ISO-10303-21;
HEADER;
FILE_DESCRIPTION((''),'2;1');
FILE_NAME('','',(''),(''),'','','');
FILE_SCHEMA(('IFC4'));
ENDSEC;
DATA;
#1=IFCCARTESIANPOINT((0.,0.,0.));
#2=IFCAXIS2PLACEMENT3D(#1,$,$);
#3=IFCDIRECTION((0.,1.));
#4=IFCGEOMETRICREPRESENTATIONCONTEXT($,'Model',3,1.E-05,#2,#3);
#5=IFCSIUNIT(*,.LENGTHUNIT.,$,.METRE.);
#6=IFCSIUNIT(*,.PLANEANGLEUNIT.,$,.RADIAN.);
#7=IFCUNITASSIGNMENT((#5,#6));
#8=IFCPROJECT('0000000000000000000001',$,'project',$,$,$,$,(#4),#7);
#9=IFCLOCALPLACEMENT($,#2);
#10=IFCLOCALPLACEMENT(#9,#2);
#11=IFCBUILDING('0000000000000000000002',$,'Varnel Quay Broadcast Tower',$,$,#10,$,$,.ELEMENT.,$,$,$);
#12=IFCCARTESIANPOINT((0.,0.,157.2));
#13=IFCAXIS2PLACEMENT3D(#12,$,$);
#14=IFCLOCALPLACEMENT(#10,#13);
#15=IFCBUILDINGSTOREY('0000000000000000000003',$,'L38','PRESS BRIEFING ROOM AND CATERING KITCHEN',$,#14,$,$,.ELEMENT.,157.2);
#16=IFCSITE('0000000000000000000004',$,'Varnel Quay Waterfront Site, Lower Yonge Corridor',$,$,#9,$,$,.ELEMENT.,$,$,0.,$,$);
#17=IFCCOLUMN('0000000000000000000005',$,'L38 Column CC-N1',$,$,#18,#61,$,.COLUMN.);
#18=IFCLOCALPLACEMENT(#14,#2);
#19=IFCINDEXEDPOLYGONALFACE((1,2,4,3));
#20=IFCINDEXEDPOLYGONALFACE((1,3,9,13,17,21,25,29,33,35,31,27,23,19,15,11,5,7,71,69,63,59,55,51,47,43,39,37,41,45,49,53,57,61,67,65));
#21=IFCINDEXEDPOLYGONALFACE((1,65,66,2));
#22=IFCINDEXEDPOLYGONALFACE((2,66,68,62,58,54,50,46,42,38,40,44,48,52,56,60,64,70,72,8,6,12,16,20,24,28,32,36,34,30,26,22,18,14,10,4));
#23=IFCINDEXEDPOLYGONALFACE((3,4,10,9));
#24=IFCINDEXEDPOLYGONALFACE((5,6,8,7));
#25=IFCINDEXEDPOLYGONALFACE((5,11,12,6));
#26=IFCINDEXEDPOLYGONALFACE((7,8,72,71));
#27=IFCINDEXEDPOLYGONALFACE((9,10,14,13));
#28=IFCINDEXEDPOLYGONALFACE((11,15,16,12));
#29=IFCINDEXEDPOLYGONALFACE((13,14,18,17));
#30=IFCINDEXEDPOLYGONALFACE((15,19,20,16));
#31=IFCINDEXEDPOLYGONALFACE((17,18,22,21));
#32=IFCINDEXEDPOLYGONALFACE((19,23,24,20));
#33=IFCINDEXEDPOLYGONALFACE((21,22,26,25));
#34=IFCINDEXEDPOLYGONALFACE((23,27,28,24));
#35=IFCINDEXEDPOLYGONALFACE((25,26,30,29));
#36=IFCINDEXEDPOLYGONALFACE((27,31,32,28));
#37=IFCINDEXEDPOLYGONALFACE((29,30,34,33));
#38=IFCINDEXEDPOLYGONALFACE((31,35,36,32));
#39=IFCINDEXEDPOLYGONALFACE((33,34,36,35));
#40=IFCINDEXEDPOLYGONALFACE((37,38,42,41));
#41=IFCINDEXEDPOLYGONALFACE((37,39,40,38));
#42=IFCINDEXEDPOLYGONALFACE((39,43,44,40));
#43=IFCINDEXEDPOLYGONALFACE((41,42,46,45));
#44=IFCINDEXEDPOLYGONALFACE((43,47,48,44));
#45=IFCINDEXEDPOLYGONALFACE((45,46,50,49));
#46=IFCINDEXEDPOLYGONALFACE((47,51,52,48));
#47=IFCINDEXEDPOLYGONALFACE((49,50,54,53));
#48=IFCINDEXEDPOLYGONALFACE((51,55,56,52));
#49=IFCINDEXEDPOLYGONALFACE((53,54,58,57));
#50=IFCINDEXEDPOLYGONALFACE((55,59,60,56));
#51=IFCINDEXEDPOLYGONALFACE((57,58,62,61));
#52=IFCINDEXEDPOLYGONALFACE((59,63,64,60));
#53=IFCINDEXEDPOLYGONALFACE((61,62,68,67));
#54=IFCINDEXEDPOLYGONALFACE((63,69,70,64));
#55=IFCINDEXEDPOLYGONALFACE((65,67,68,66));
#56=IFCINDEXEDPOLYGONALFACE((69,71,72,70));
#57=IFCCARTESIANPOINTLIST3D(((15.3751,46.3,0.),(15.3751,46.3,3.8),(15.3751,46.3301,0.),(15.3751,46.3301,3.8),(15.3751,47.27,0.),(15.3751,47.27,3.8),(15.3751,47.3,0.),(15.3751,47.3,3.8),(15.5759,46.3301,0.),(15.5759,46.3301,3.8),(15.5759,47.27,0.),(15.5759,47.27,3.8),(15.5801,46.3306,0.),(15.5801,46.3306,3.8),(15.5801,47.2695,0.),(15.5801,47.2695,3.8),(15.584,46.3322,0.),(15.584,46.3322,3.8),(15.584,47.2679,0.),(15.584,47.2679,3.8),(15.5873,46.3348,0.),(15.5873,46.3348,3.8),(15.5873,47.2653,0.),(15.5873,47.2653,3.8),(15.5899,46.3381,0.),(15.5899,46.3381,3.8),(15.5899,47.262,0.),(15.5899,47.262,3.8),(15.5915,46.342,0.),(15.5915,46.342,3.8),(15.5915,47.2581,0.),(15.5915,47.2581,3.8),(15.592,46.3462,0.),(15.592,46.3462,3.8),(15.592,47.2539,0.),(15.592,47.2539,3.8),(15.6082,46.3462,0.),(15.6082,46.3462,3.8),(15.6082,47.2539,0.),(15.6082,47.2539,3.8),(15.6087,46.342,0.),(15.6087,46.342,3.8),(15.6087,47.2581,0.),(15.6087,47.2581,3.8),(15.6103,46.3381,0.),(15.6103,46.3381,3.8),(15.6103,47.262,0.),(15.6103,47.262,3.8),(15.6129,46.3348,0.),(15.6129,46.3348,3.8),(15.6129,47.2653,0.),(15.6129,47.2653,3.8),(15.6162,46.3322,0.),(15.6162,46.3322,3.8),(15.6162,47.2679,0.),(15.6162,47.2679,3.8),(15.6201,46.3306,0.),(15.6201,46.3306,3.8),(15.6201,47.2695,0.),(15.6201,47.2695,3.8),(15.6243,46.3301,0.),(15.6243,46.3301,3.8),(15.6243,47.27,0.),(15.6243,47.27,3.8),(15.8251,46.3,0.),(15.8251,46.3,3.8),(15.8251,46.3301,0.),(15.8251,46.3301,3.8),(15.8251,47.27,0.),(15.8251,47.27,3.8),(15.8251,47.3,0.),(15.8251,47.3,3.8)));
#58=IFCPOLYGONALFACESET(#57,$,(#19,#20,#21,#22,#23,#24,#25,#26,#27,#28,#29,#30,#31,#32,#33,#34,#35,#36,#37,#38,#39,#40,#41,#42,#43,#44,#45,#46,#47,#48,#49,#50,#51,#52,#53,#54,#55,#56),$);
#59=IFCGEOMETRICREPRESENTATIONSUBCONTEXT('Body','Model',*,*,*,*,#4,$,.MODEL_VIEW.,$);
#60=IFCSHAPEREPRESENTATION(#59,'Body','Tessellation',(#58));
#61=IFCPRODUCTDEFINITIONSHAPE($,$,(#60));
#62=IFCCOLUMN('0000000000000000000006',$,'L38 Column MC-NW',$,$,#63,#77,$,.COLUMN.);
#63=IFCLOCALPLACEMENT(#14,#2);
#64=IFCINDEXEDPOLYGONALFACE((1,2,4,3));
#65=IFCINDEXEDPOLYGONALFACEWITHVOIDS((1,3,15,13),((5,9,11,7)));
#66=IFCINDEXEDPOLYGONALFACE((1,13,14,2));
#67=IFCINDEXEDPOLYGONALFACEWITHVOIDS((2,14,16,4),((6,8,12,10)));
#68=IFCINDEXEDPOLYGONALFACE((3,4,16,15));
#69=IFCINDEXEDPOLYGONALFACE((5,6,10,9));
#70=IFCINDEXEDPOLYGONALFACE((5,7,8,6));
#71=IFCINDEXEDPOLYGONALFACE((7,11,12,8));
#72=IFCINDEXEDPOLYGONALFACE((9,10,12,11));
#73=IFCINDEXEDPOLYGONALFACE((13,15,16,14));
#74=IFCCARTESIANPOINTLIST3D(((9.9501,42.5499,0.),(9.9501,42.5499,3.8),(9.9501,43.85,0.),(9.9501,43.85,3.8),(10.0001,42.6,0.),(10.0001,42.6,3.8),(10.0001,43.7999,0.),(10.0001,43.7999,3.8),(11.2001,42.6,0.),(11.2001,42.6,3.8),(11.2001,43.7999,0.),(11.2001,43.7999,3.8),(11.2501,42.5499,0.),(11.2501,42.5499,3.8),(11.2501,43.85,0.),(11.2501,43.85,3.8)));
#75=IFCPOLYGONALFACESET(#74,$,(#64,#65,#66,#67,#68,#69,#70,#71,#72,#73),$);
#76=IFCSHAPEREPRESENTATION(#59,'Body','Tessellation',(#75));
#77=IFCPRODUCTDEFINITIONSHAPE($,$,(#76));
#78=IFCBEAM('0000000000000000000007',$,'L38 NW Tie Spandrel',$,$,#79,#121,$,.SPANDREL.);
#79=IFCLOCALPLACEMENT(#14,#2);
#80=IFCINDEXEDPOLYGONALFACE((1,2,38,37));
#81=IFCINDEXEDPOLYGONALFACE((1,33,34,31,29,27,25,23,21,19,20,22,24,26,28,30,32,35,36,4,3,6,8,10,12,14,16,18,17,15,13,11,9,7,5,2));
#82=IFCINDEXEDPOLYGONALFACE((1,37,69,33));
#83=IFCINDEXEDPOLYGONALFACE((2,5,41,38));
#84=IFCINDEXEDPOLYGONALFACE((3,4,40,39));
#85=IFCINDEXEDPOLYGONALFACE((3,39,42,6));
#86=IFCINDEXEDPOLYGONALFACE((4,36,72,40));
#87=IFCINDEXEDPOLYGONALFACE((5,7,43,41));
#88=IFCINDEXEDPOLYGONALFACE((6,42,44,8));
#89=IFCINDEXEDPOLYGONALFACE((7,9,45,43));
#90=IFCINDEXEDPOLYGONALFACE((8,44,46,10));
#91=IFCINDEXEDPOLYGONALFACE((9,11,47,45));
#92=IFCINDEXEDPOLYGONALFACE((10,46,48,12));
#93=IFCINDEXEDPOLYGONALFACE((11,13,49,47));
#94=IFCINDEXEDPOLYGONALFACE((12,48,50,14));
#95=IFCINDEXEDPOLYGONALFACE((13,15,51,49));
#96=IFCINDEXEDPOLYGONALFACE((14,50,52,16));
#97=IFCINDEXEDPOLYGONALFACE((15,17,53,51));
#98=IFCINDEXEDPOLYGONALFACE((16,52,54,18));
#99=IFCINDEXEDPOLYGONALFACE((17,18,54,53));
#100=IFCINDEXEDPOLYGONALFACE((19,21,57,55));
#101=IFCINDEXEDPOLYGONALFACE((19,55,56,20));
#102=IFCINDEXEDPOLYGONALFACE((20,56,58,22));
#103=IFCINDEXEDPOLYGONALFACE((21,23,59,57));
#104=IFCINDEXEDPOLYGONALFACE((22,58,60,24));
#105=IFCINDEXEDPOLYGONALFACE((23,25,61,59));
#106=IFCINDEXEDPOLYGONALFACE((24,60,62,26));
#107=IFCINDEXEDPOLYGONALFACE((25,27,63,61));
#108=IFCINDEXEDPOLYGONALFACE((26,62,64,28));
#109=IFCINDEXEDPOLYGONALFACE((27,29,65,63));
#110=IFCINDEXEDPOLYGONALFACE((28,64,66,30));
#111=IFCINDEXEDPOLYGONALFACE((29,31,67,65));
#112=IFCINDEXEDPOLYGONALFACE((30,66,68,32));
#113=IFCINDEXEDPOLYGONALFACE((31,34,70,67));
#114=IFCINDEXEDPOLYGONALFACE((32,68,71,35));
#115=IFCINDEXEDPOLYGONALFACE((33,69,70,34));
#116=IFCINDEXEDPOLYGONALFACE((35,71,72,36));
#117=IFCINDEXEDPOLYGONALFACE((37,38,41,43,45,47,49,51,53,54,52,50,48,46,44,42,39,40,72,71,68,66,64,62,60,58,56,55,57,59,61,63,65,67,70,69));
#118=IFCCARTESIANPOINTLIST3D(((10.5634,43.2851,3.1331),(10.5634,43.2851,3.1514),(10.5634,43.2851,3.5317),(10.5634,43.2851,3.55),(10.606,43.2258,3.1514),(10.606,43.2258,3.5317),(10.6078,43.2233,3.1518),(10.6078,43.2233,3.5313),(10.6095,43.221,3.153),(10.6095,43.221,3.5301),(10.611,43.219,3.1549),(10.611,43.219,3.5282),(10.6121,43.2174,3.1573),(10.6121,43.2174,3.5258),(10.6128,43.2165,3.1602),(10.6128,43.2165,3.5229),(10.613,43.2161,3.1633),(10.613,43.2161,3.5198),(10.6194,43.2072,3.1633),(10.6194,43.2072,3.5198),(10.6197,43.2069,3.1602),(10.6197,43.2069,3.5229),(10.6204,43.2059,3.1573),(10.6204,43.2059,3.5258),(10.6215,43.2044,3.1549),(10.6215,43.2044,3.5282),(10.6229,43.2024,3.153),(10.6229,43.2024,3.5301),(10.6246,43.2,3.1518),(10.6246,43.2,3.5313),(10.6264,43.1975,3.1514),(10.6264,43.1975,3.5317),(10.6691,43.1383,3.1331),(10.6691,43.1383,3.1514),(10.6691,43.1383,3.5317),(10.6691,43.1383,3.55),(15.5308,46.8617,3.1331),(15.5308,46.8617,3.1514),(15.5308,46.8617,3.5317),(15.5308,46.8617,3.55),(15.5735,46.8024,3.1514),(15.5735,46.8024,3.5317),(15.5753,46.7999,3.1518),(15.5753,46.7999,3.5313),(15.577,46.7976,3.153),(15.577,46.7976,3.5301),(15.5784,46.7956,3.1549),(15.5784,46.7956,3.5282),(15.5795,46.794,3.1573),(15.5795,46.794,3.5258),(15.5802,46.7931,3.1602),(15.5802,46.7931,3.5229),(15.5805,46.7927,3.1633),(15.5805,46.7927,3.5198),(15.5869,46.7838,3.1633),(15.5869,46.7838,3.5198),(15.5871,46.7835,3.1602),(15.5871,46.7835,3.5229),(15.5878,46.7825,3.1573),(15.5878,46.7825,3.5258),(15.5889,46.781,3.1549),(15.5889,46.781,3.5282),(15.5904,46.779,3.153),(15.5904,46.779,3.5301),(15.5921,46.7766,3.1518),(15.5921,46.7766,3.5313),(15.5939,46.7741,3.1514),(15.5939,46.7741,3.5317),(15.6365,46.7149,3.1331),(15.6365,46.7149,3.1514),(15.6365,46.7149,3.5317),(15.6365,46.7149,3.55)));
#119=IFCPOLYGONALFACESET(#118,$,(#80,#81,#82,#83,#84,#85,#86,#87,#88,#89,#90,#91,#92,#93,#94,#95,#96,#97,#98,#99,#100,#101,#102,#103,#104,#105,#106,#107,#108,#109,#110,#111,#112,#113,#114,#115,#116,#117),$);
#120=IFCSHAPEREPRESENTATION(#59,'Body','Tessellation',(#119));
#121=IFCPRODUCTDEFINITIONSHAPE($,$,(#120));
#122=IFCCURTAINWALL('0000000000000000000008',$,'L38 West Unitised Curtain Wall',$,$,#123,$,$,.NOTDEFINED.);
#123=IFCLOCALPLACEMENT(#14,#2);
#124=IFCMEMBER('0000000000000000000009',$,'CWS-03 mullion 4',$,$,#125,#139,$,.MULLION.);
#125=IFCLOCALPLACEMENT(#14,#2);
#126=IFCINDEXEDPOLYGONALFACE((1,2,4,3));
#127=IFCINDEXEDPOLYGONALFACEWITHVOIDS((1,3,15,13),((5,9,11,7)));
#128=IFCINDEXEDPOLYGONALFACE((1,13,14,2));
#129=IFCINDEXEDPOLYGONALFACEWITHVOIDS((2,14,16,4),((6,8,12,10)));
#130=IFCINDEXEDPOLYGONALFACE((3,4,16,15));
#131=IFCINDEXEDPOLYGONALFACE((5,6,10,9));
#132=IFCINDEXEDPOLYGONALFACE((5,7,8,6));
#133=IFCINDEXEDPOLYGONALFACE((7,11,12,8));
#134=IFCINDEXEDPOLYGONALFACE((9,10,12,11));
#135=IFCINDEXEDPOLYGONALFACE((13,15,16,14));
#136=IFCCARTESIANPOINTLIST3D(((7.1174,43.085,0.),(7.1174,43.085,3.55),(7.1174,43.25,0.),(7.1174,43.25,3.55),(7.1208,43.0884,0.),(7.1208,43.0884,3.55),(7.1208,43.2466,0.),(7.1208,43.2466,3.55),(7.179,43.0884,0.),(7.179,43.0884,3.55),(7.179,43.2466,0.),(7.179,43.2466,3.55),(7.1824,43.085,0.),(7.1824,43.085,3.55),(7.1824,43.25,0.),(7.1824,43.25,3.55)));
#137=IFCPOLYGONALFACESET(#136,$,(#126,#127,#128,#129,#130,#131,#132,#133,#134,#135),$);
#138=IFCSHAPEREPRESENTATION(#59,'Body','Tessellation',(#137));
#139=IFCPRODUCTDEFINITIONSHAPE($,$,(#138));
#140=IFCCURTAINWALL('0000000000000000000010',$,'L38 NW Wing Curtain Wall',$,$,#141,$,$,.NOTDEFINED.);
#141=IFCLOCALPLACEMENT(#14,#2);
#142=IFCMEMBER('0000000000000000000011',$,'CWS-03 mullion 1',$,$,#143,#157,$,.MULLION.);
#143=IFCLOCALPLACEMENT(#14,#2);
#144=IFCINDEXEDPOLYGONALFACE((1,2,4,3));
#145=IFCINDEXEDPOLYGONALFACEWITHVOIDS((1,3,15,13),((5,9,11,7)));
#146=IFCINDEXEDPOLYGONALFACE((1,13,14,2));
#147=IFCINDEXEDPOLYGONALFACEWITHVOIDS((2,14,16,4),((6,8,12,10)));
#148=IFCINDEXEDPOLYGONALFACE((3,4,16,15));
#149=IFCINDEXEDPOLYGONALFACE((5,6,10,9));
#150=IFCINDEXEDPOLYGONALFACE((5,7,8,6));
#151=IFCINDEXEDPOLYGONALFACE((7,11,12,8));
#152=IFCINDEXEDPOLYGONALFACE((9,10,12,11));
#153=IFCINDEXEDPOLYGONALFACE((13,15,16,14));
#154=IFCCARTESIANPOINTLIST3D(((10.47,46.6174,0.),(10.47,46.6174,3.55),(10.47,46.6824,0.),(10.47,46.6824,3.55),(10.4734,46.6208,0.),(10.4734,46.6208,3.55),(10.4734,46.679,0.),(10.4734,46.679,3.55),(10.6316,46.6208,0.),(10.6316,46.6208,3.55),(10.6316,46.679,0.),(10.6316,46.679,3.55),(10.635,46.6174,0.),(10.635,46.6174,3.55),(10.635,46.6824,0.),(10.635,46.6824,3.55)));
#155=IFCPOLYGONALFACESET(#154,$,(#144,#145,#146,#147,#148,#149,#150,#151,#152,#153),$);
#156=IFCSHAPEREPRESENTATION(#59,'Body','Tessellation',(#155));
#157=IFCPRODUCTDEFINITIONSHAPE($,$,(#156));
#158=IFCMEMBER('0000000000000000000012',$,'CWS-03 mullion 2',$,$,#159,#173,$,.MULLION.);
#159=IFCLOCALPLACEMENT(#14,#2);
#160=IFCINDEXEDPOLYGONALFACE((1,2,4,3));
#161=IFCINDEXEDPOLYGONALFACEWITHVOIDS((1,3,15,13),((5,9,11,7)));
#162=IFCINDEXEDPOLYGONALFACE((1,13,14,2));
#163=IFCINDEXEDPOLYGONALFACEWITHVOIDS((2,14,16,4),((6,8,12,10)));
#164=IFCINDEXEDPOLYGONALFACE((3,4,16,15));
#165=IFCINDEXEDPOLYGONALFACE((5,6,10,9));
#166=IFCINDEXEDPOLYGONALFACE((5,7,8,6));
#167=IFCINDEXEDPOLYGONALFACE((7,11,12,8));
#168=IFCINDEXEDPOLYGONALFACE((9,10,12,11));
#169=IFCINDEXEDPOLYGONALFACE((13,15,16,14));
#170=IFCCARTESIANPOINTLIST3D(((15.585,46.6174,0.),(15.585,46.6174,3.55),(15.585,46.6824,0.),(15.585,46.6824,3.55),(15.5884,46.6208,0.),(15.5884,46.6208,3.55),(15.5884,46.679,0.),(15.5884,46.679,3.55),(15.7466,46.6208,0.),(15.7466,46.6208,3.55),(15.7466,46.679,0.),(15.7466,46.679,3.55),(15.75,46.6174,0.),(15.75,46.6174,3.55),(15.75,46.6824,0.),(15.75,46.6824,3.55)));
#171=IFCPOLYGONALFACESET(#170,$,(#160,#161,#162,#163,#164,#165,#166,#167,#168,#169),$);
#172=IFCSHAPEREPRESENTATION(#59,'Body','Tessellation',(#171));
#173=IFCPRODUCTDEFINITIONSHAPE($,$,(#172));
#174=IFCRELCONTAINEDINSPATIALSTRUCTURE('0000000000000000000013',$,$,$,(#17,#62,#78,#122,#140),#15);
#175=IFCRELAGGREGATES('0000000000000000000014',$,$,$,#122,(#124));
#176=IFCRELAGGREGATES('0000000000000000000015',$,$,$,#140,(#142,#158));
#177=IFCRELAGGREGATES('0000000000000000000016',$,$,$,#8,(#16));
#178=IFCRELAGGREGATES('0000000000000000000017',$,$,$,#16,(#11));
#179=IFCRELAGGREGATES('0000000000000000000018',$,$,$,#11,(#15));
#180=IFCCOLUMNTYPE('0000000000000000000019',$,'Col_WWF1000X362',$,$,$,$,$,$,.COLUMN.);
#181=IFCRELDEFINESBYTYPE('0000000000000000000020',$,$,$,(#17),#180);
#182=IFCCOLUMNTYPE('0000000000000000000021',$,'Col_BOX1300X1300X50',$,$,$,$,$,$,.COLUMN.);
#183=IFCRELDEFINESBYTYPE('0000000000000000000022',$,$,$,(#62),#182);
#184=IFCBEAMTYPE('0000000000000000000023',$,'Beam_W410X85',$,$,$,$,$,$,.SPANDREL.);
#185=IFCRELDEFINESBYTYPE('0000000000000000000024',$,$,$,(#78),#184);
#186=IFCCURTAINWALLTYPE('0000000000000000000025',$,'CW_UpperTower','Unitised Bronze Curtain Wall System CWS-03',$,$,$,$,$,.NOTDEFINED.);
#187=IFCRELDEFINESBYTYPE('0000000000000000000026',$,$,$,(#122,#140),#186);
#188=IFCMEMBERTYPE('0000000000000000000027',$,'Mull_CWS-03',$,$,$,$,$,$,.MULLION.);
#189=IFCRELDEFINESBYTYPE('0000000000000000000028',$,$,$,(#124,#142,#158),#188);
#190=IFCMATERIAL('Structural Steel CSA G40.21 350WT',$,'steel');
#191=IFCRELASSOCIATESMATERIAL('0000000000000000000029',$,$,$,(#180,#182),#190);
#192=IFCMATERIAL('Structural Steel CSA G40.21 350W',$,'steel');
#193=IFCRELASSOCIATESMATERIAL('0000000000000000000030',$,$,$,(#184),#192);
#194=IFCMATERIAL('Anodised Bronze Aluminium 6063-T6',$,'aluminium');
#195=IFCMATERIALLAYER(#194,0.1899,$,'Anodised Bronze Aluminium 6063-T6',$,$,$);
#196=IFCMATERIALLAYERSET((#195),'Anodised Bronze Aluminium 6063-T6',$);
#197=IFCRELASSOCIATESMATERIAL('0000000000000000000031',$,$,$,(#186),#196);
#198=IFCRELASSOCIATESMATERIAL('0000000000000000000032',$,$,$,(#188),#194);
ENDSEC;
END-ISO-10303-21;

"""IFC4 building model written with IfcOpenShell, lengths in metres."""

from ifc_helpers import new_model, si_unit, direction, frame, origin, origin_2d, place, context, subcontext, project, spatial, hollow_rectangle, i_section, extrude, source, transform, mapped, material, layer, layer_set, material_profile, profile_set, type_object, type_shapes, element, aggregate, save


model = new_model("IFC4")

# Units and contexts
model_context = context("Model", 3, precision=1e-05, world=origin(), true_north=direction((0.0, 1.0)))
body_context = subcontext(model_context, "Body", "Model", "MODEL_VIEW")
ifc_project = project(units=[si_unit("LENGTHUNIT", "METRE"), si_unit("PLANEANGLEUNIT", "RADIAN")], contexts=[model_context])

# Site, building, storey
site_placement = place(None, origin())
site = spatial("IfcSite", under=ifc_project, at=site_placement, Name="Varnel Quay Waterfront Site, Lower Yonge Corridor", CompositionType="ELEMENT", RefElevation=0.0)
building_placement = place(site_placement, origin())
building = spatial("IfcBuilding", under=site, at=building_placement, Name="Varnel Quay Broadcast Tower", CompositionType="ELEMENT")
storey_placement = place(building_placement, frame((0.0, 0.0, 157.2)))
storey = spatial("IfcBuildingStorey", under=building, at=storey_placement, Name="L38", Description="PRESS BRIEFING ROOM AND CATERING KITCHEN", CompositionType="ELEMENT", Elevation=157.2)

# Columns
ifc_material_1 = material(Name="Structural Steel CSA G40.21 350WT", Category="steel")
ifc_material_profile_1 = material_profile(ifc_material_1, i_section(OverallWidth=0.45, OverallDepth=1.0, WebThickness=0.0161, FlangeThickness=0.03, FilletRadius=0.0161, at=origin_2d()), Name="WWF1000X362")
ifc_profile_set_1 = profile_set([ifc_material_profile_1], Name="Structural Steel CSA G40.21 350WT")
column_type_1 = type_object("IfcColumnType", Name="Col_WWF1000X362", PredefinedType="COLUMN", material=ifc_profile_set_1)
shared_shape_1 = source(origin(), body_context, "Body", "SweptSolid", [
    extrude(i_section(OverallWidth=0.45, OverallDepth=1.0, WebThickness=0.0161, FlangeThickness=0.03, FilletRadius=0.0161, at=origin_2d()), origin(), (0.0, 0.0, 1.0), 3.8),
])
type_shapes(column_type_1, [shared_shape_1])
column_1_placement = place(storey_placement, frame((15.6001, 46.8, 0.0), z_axis=(0.0, 0.0, 1.0), x_axis=(1.0, 0.0, 0.0)))
element("IfcColumn", 1, at=column_1_placement, inside=storey, type_object=column_type_1, Name="L38 Column CC-N1", PredefinedType="COLUMN", context=body_context, shape_type="MappedRepresentation", body=[
    mapped(shared_shape_1, transform((0.0, 0.0, 0.0), x_axis=(1.0, 0.0, 0.0), y_axis=(0.0, 1.0, 0.0), z_axis=(0.0, 0.0, 1.0), scale=1.0)),
])
ifc_material_profile_2 = material_profile(ifc_material_1, hollow_rectangle(XDim=1.3, YDim=1.3, WallThickness=0.05, at=origin_2d()), Name="BOX1300X1300X50")
ifc_profile_set_2 = profile_set([ifc_material_profile_2], Name="Structural Steel CSA G40.21 350WT")
column_type_2 = type_object("IfcColumnType", Name="Col_BOX1300X1300X50", PredefinedType="COLUMN", material=ifc_profile_set_2)
shared_shape_2 = source(origin(), body_context, "Body", "SweptSolid", [
    extrude(hollow_rectangle(XDim=1.3, YDim=1.3, WallThickness=0.05, at=origin_2d()), origin(), (0.0, 0.0, 1.0), 3.8),
])
type_shapes(column_type_2, [shared_shape_2])
column_2_placement = place(storey_placement, frame((10.6001, 43.2, 0.0), z_axis=(0.0, 0.0, 1.0), x_axis=(1.0, 0.0, 0.0)))
element("IfcColumn", 2, at=column_2_placement, inside=storey, type_object=column_type_2, Name="L38 Column MC-NW", PredefinedType="COLUMN", context=body_context, shape_type="MappedRepresentation", body=[
    mapped(shared_shape_2, transform((0.0, 0.0, 0.0), x_axis=(1.0, 0.0, 0.0), y_axis=(0.0, 1.0, 0.0), z_axis=(0.0, 0.0, 1.0), scale=1.0)),
])

# Beam
ifc_material_2 = material(Name="Structural Steel CSA G40.21 350W", Category="steel")
ifc_material_profile_3 = material_profile(ifc_material_2, i_section(OverallWidth=0.1809, OverallDepth=0.417, WebThickness=0.011, FlangeThickness=0.0183, FilletRadius=0.012, at=origin_2d()), Name="W410X85")
ifc_profile_set_3 = profile_set([ifc_material_profile_3], Name="Structural Steel CSA G40.21 350W")
beam_type = type_object("IfcBeamType", Name="Beam_W410X85", PredefinedType="SPANDREL", material=ifc_profile_set_3)
shared_shape_3 = source(origin(), body_context, "Body", "SweptSolid", [
    extrude(i_section(OverallWidth=0.1809, OverallDepth=0.417, WebThickness=0.011, FlangeThickness=0.0183, FilletRadius=0.012, at=origin_2d()), origin(), (0.0, 0.0, 1.0), 6.1211),
])
type_shapes(beam_type, [shared_shape_3])
beam_placement = place(storey_placement, frame((10.6162, 43.2117, 3.3416), z_axis=(0.811531, 0.584309, 0.0), x_axis=(-0.584309, 0.811531, 0.0)))
element("IfcBeam", 3, at=beam_placement, inside=storey, type_object=beam_type, Name="L38 NW Tie Spandrel", PredefinedType="SPANDREL", context=body_context, shape_type="MappedRepresentation", body=[
    mapped(shared_shape_3, transform((0.0, 0.0, 0.0), x_axis=(1.0, 0.0, 0.0), y_axis=(0.0, 1.0, 0.0), z_axis=(0.0, 0.0, 1.0), scale=1.0)),
])

# Curtain wall, member
ifc_material_3 = material(Name="Anodised Bronze Aluminium 6063-T6", Category="aluminium")
ifc_layer_1 = layer(ifc_material_3, 0.1899, Name="Anodised Bronze Aluminium 6063-T6")
ifc_layer_set_1 = layer_set([ifc_layer_1], Name="Anodised Bronze Aluminium 6063-T6")
curtain_wall_type = type_object("IfcCurtainWallType", Name="CW_UpperTower", Description="Unitised Bronze Curtain Wall System CWS-03", PredefinedType="NOTDEFINED", material=ifc_layer_set_1)
curtain_wall_1_placement = place(storey_placement, origin())
curtain_wall_1 = element("IfcCurtainWall", 4, at=curtain_wall_1_placement, inside=storey, type_object=curtain_wall_type, Name="L38 West Unitised Curtain Wall", PredefinedType="NOTDEFINED")
ifc_material_profile_4 = material_profile(ifc_material_3, hollow_rectangle(XDim=0.0649, YDim=0.165, WallThickness=0.0034, at=origin_2d()), Name="ALU65X165X3.5")
ifc_profile_set_4 = profile_set([ifc_material_profile_4], Name="Anodised Bronze Aluminium 6063-T6")
member_type_1 = type_object("IfcMemberType", Name="Mull_CWS-03", PredefinedType="MULLION", material=ifc_profile_set_4)
shared_shape_4 = source(origin(), body_context, "Body", "SweptSolid", [
    extrude(hollow_rectangle(XDim=0.0649, YDim=0.165, WallThickness=0.0034, at=origin_2d()), origin(), (0.0, 0.0, 1.0), 3.55),
])
type_shapes(member_type_1, [shared_shape_4])
member_1_placement = place(storey_placement, frame((7.1499, 43.1675, 0.0), z_axis=(0.0, 0.0, 1.0), x_axis=(-1.0, 0.0, 0.0)))
member_1 = element("IfcMember", 5, at=member_1_placement, type_object=member_type_1, Name="CWS-03 mullion 4", PredefinedType="MULLION", context=body_context, shape_type="MappedRepresentation", body=[
    mapped(shared_shape_4, transform((0.0, 0.0, 0.0), x_axis=(1.0, 0.0, 0.0), y_axis=(0.0, 1.0, 0.0), z_axis=(0.0, 0.0, 1.0), scale=1.0)),
])

# Curtain wall, members
curtain_wall_2_placement = place(storey_placement, origin())
curtain_wall_2 = element("IfcCurtainWall", 6, at=curtain_wall_2_placement, inside=storey, type_object=curtain_wall_type, Name="L38 NW Wing Curtain Wall", PredefinedType="NOTDEFINED")
member_2_placement = place(storey_placement, frame((10.5525, 46.6499, 0.0), z_axis=(0.0, 0.0, 1.0), x_axis=(0.0, 1.0, 0.0)))
member_2 = element("IfcMember", 7, at=member_2_placement, type_object=member_type_1, Name="CWS-03 mullion 1", PredefinedType="MULLION", context=body_context, shape_type="MappedRepresentation", body=[
    mapped(shared_shape_4, transform((0.0, 0.0, 0.0), x_axis=(1.0, 0.0, 0.0), y_axis=(0.0, 1.0, 0.0), z_axis=(0.0, 0.0, 1.0), scale=1.0)),
])
member_3_placement = place(storey_placement, frame((15.6675, 46.6499, 0.0), z_axis=(0.0, 0.0, 1.0), x_axis=(0.0, 1.0, 0.0)))
member_3 = element("IfcMember", 8, at=member_3_placement, type_object=member_type_1, Name="CWS-03 mullion 2", PredefinedType="MULLION", context=body_context, shape_type="MappedRepresentation", body=[
    mapped(shared_shape_4, transform((0.0, 0.0, 0.0), x_axis=(1.0, 0.0, 0.0), y_axis=(0.0, 1.0, 0.0), z_axis=(0.0, 0.0, 1.0), scale=1.0)),
])

aggregate(curtain_wall_1, [member_1])
aggregate(curtain_wall_2, [member_2, member_3])

save(model, "model.ifc")
